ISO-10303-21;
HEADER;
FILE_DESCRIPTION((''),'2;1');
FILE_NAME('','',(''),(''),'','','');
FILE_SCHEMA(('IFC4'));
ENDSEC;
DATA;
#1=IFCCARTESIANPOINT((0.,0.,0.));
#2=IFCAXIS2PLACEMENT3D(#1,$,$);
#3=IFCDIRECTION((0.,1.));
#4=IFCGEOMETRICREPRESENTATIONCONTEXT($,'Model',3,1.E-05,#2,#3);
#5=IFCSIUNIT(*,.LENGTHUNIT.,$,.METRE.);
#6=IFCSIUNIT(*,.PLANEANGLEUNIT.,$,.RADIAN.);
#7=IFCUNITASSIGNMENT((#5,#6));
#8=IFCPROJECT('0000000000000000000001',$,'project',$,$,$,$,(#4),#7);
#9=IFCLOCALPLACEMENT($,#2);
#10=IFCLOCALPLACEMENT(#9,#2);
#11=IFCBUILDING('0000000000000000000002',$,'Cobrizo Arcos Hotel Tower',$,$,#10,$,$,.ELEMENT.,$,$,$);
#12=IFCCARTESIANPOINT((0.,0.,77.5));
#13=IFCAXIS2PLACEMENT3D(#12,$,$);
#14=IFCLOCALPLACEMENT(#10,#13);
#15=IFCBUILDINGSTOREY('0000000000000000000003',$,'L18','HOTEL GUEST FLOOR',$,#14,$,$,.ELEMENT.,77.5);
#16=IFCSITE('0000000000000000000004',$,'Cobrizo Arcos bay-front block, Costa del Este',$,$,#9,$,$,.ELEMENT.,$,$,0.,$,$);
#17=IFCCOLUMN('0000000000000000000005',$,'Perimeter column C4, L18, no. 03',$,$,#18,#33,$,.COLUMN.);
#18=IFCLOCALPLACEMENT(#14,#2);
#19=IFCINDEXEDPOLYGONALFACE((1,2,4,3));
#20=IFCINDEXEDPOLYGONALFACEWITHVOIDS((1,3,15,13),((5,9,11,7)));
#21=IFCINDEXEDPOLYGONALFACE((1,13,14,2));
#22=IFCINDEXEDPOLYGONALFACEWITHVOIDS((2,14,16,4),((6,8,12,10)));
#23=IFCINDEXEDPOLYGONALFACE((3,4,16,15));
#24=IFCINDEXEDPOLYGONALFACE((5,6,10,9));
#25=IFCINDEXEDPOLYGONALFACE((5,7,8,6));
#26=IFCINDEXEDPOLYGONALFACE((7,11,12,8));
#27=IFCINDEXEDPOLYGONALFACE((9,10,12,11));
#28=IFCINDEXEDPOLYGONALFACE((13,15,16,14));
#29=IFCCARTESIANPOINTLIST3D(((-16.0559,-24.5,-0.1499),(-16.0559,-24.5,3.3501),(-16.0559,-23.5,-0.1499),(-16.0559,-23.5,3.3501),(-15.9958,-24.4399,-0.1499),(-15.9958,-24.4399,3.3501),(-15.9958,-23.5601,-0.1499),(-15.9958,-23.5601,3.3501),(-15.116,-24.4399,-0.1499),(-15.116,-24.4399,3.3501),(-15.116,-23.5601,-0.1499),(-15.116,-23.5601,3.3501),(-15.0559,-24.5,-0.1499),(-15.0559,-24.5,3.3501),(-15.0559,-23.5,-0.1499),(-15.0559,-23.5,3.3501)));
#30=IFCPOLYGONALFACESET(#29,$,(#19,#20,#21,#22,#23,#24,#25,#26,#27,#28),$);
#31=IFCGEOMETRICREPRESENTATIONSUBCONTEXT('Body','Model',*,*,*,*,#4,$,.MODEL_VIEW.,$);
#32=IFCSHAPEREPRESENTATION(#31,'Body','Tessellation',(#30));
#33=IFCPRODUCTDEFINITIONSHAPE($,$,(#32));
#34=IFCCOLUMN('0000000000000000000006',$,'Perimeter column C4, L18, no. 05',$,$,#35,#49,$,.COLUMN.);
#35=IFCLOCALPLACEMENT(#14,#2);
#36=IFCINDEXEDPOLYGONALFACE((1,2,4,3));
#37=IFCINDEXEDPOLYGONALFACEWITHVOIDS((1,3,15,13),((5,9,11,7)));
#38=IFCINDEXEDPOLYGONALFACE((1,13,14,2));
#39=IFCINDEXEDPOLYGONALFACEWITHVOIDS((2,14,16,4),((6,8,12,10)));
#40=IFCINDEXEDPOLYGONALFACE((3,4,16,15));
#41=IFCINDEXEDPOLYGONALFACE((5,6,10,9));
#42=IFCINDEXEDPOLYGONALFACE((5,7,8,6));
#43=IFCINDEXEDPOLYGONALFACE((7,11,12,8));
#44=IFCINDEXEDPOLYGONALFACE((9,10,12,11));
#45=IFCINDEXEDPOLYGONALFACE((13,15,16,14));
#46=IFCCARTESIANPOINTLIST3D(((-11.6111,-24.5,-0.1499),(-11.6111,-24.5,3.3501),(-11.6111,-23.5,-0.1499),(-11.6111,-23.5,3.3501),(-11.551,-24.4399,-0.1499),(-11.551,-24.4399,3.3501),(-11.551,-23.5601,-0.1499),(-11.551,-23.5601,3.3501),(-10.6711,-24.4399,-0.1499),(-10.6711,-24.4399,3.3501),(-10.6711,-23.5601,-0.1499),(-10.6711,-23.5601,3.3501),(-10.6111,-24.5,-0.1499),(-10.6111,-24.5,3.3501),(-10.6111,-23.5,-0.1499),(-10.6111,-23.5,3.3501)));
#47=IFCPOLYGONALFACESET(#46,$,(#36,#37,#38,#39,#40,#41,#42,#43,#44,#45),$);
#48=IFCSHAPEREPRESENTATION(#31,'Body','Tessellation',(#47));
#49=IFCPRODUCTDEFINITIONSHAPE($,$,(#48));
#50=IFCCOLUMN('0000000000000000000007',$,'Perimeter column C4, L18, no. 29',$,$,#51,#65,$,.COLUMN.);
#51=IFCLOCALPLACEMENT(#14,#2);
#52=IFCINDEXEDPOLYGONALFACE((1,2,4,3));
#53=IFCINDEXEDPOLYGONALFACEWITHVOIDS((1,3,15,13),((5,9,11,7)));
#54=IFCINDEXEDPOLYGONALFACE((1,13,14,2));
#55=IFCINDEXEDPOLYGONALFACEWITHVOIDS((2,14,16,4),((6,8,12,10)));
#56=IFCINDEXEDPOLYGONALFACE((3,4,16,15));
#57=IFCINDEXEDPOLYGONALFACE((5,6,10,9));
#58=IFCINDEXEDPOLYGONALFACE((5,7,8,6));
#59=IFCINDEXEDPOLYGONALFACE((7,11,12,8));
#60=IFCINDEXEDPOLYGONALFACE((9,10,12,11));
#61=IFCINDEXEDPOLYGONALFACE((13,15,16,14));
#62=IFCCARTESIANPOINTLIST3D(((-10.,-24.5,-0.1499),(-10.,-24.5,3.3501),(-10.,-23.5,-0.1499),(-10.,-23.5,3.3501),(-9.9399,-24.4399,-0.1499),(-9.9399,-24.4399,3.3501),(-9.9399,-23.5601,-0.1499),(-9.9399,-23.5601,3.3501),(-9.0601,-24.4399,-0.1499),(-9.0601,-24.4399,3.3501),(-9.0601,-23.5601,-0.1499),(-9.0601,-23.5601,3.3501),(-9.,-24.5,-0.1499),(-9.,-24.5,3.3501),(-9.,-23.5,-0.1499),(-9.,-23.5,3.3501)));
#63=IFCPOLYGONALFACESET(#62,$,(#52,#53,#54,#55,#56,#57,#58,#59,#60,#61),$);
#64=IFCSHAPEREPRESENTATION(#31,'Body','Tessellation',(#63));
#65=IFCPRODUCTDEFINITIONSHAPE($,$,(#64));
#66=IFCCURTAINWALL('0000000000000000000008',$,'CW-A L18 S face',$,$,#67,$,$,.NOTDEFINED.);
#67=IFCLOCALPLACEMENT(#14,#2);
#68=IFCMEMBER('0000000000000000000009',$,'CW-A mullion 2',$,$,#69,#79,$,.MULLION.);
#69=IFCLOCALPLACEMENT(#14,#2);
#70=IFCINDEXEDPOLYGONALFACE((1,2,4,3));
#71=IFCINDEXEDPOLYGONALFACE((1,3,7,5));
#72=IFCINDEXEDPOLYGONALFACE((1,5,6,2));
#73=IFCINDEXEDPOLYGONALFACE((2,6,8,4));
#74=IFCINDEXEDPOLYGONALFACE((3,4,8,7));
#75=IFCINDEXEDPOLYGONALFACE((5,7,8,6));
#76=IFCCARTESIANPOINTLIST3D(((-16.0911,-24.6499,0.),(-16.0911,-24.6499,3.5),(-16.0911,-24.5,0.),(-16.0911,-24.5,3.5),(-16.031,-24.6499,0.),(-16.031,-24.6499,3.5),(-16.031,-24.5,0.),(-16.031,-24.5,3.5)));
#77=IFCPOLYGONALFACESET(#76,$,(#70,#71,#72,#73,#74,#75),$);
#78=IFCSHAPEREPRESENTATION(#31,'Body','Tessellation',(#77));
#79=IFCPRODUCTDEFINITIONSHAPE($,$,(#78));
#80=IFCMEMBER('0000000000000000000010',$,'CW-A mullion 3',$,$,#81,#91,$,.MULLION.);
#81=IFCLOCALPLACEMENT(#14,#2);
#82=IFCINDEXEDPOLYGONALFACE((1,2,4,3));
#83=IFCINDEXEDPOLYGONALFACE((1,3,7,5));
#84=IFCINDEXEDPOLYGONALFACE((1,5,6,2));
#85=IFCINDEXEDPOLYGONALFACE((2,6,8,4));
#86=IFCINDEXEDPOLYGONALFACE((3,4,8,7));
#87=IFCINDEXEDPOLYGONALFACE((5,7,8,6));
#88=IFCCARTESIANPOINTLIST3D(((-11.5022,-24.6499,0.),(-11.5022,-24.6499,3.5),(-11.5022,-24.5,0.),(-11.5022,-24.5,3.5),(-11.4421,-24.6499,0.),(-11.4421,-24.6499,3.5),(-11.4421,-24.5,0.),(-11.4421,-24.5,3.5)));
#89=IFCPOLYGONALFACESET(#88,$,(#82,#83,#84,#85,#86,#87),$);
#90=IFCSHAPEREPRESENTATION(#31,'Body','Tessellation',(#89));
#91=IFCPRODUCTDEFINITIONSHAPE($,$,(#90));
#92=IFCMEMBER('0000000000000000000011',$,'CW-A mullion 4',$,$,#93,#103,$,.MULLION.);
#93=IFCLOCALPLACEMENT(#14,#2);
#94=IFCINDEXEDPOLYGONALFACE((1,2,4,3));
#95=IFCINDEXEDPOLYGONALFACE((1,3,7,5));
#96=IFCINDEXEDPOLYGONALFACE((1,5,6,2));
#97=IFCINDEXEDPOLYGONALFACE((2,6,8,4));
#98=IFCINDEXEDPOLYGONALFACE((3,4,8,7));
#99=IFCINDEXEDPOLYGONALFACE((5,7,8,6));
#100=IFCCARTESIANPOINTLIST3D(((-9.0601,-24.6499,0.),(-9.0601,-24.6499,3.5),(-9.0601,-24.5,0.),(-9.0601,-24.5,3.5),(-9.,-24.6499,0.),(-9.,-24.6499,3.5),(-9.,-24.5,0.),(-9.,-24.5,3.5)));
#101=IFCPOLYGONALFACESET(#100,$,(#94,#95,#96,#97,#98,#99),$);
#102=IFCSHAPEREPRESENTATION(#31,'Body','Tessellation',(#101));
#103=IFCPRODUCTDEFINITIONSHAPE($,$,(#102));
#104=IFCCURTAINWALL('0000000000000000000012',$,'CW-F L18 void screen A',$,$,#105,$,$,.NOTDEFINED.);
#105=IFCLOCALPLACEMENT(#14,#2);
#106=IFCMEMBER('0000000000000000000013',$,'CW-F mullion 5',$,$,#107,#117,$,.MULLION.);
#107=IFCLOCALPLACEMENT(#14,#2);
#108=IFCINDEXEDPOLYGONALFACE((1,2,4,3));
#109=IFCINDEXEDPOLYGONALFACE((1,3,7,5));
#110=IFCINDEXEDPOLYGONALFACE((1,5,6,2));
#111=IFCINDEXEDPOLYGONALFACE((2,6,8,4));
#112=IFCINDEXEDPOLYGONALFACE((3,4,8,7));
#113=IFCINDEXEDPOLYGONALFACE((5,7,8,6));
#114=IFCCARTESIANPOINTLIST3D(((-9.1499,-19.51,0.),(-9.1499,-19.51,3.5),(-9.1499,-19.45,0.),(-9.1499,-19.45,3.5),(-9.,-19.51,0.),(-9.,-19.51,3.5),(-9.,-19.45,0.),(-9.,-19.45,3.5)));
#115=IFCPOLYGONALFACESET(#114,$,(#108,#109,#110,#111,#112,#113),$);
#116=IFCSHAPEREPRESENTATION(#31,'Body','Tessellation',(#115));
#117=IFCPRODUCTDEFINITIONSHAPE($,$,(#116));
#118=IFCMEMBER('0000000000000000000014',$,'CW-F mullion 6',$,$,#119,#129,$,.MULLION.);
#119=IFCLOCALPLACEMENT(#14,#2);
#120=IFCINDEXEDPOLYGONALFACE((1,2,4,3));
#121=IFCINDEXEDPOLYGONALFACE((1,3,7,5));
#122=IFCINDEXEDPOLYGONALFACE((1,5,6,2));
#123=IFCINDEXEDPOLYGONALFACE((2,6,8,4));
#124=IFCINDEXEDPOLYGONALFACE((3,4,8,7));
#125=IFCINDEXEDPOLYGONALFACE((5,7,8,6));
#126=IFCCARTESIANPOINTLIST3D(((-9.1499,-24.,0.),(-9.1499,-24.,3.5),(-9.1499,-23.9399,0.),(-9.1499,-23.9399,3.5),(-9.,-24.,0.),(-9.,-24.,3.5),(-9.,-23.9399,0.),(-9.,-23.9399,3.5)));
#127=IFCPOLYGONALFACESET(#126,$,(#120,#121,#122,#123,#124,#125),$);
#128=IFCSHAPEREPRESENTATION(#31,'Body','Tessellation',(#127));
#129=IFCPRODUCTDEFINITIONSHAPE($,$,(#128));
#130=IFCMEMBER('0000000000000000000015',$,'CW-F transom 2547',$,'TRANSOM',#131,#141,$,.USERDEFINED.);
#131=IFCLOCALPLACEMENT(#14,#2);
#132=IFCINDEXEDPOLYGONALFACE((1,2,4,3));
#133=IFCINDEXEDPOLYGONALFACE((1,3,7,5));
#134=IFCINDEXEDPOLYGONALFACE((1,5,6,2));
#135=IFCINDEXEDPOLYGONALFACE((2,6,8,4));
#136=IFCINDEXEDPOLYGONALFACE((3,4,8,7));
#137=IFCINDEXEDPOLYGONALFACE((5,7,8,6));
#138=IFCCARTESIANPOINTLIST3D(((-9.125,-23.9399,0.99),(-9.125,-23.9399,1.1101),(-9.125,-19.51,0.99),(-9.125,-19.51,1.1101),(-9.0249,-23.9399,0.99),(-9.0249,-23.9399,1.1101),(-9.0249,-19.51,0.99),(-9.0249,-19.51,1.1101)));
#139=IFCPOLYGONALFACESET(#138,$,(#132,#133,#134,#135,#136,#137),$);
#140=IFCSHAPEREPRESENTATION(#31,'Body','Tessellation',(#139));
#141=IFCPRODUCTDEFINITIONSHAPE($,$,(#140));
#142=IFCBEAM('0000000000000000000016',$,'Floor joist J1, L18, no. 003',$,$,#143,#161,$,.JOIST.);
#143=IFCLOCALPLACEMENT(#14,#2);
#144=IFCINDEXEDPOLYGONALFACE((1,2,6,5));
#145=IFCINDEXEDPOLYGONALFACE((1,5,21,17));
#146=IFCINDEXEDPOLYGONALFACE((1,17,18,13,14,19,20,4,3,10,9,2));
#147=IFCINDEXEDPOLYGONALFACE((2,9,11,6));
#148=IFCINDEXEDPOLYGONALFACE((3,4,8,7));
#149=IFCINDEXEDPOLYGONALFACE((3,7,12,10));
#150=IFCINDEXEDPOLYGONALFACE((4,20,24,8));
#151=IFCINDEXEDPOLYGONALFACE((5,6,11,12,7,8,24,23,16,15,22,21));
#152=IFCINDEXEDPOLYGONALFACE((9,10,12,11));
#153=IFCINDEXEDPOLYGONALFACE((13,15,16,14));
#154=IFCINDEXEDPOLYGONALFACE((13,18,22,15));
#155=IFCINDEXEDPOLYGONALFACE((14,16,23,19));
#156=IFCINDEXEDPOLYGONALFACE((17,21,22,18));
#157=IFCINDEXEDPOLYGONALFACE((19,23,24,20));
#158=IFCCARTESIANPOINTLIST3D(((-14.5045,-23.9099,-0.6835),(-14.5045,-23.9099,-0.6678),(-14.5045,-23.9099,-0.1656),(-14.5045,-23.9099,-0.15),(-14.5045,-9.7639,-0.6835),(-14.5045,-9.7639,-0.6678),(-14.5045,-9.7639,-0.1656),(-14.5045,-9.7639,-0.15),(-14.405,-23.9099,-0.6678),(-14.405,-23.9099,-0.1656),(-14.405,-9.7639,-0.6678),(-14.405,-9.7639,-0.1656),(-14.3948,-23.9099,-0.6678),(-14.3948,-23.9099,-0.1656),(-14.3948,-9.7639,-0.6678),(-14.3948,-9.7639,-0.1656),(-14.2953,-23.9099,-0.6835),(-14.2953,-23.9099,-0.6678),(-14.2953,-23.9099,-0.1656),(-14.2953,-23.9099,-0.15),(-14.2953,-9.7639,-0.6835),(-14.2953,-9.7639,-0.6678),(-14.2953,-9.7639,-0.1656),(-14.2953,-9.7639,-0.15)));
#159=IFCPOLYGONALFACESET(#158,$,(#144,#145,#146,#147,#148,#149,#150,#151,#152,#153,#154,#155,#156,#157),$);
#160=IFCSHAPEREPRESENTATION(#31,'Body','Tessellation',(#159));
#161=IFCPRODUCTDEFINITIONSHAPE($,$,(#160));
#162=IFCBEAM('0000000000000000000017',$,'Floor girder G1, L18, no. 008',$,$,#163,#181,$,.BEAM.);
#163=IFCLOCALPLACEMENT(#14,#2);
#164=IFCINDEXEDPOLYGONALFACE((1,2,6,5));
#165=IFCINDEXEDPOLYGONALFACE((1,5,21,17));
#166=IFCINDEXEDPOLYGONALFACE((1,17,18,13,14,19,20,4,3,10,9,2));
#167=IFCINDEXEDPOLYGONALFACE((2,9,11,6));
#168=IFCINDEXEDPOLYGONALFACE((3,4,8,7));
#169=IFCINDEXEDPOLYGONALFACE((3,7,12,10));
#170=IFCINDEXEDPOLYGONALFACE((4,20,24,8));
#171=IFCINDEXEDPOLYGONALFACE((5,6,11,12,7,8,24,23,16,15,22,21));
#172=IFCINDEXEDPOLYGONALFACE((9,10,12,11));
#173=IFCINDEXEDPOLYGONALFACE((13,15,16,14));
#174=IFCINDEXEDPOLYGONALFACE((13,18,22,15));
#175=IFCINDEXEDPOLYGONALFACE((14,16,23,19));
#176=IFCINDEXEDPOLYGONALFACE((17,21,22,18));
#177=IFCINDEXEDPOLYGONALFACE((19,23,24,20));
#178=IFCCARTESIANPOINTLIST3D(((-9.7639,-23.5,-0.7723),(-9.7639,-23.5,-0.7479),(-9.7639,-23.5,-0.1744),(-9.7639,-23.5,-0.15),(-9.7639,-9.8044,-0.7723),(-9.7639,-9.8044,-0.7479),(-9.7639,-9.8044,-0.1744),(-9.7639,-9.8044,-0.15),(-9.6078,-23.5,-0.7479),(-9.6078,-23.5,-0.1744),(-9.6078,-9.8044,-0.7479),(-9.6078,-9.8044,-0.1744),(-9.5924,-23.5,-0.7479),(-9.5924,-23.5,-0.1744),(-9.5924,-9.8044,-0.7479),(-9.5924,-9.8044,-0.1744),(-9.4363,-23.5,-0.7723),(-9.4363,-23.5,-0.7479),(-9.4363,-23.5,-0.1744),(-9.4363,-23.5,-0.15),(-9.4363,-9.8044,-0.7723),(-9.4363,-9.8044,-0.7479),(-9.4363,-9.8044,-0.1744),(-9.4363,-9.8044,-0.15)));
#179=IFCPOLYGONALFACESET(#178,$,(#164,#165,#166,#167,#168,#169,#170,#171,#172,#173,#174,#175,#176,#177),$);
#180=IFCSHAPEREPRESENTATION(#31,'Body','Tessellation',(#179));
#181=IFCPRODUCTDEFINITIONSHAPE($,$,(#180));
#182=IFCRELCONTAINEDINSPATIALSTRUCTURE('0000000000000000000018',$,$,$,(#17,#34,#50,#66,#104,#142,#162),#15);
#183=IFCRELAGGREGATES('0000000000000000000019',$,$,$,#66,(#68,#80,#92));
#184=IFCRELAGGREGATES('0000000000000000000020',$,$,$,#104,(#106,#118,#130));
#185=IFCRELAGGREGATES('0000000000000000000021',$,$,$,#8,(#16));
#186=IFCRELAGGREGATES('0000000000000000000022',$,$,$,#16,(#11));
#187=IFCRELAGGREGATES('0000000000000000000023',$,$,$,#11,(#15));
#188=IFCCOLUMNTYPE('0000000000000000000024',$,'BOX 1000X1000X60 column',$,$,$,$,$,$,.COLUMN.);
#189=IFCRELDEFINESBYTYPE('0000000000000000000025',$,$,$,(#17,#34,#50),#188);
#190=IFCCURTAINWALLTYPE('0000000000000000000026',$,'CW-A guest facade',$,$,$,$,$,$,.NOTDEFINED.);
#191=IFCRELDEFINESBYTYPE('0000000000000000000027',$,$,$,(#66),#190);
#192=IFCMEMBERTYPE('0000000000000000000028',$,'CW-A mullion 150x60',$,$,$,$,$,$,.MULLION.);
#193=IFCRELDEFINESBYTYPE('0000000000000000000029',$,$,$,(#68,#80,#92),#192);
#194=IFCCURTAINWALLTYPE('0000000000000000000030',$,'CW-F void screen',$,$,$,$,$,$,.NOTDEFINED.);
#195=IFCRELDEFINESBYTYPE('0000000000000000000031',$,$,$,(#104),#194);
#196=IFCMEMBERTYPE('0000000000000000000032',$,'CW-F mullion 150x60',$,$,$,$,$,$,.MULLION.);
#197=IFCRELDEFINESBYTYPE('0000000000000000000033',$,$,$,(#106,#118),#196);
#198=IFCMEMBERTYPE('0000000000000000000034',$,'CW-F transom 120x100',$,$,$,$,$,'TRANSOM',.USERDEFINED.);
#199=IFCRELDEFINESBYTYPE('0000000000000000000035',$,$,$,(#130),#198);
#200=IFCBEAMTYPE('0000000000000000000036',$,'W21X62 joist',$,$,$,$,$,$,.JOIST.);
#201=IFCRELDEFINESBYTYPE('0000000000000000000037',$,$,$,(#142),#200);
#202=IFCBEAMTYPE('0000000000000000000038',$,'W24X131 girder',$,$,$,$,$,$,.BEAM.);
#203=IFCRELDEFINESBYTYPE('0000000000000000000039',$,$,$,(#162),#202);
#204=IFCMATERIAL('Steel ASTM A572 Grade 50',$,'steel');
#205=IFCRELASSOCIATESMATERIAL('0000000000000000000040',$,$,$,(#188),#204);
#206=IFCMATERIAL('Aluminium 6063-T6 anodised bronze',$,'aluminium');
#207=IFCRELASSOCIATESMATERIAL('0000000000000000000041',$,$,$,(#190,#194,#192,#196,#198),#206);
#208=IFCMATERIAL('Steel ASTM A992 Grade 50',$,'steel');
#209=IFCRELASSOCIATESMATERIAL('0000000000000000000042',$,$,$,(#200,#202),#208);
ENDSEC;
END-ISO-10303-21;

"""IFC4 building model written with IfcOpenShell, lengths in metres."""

from ifc_helpers import new_model, si_unit, direction, frame, origin, origin_2d, place, context, subcontext, project, spatial, rectangle, hollow_rectangle, i_section, extrude, material, material_profile, profile_set, type_object, element, aggregate, save


model = new_model("IFC4")

# Units and contexts
model_context = context("Model", 3, precision=1e-05, world=origin(), true_north=direction((0.0, 1.0)))
body_context = subcontext(model_context, "Body", "Model", "MODEL_VIEW")
ifc_project = project(units=[si_unit("LENGTHUNIT", "METRE"), si_unit("PLANEANGLEUNIT", "RADIAN")], contexts=[model_context])

# Site, building, storey
site_placement = place(None, origin())
site = spatial("IfcSite", under=ifc_project, at=site_placement, Name="Cobrizo Arcos bay-front block, Costa del Este", CompositionType="ELEMENT", RefElevation=0.0)
building_placement = place(site_placement, origin())
building = spatial("IfcBuilding", under=site, at=building_placement, Name="Cobrizo Arcos Hotel Tower", CompositionType="ELEMENT")
storey_placement = place(building_placement, frame((0.0, 0.0, 77.5)))
storey = spatial("IfcBuildingStorey", under=building, at=storey_placement, Name="L18", Description="HOTEL GUEST FLOOR", CompositionType="ELEMENT", Elevation=77.5)

# Columns
ifc_material_1 = material(Name="Steel ASTM A572 Grade 50", Category="steel")
ifc_material_profile_1 = material_profile(ifc_material_1, hollow_rectangle(XDim=1.0, YDim=1.0, WallThickness=0.0601, at=origin_2d()), Name="BOX 1000X1000X60")
ifc_profile_set_1 = profile_set([ifc_material_profile_1], Name="Steel ASTM A572 Grade 50")
column_type = type_object("IfcColumnType", Name="BOX 1000X1000X60 column", PredefinedType="COLUMN", material=ifc_profile_set_1)
for number, where, z_axis, x_axis, name in (
    (1, (-15.5559, -24.0, -0.1499), (0.0, 0.0, 1.0), (1.0, 0.0, 0.0), "Perimeter column C4, L18, no. 03"),
    (2, (-11.1111, -24.0, -0.1499), (0.0, 0.0, 1.0), (1.0, 0.0, 0.0), "Perimeter column C4, L18, no. 05"),
    (3, (-9.5, -24.0, -0.1499), (0.0, 0.0, 1.0), (1.0, 0.0, 0.0), "Perimeter column C4, L18, no. 29"),
):
    element("IfcColumn", number, at=place(storey_placement, frame(where, z_axis=z_axis, x_axis=x_axis)), inside=storey, type_object=column_type, Name=name, PredefinedType="COLUMN", context=body_context, shape_type="SweptSolid", body=[
        extrude(hollow_rectangle(XDim=1.0, YDim=1.0, WallThickness=0.0601, at=origin_2d()), origin(), (0.0, 0.0, 1.0), 3.5),
    ])

# Curtain walls, members
ifc_material_2 = material(Name="Aluminium 6063-T6 anodised bronze", Category="aluminium")
curtain_wall_type_1 = type_object("IfcCurtainWallType", Name="CW-A guest facade", PredefinedType="NOTDEFINED", material=ifc_material_2)
curtain_wall_1_placement = place(storey_placement, origin())
curtain_wall_1 = element("IfcCurtainWall", 4, at=curtain_wall_1_placement, inside=storey, type_object=curtain_wall_type_1, Name="CW-A L18 S face", PredefinedType="NOTDEFINED")
ifc_material_profile_2 = material_profile(ifc_material_2, rectangle(XDim=0.1499, YDim=0.0601, at=origin_2d()), Name="CW-A mullion 150x60")
ifc_profile_set_2 = profile_set([ifc_material_profile_2], Name="Aluminium 6063-T6 anodised bronze")
member_type_1 = type_object("IfcMemberType", Name="CW-A mullion 150x60", PredefinedType="MULLION", material=ifc_profile_set_2)
member_1_placement = place(storey_placement, frame((-16.061, -24.575, 0.0), z_axis=(0.0, 0.0, 1.0), x_axis=(0.0, -1.0, 0.0)))
member_1 = element("IfcMember", 5, at=member_1_placement, type_object=member_type_1, Name="CW-A mullion 2", PredefinedType="MULLION", context=body_context, shape_type="SweptSolid", body=[
    extrude(rectangle(XDim=0.1499, YDim=0.0601, at=origin_2d()), origin(), (0.0, 0.0, 1.0), 3.5),
])
member_2_placement = place(storey_placement, frame((-11.4722, -24.575, 0.0), z_axis=(0.0, 0.0, 1.0), x_axis=(0.0, -1.0, 0.0)))
member_2 = element("IfcMember", 6, at=member_2_placement, type_object=member_type_1, Name="CW-A mullion 3", PredefinedType="MULLION", context=body_context, shape_type="SweptSolid", body=[
    extrude(rectangle(XDim=0.1499, YDim=0.0601, at=origin_2d()), origin(), (0.0, 0.0, 1.0), 3.5),
])
member_3_placement = place(storey_placement, frame((-9.03, -24.575, 0.0), z_axis=(0.0, 0.0, 1.0), x_axis=(0.0, -1.0, 0.0)))
member_3 = element("IfcMember", 7, at=member_3_placement, type_object=member_type_1, Name="CW-A mullion 4", PredefinedType="MULLION", context=body_context, shape_type="SweptSolid", body=[
    extrude(rectangle(XDim=0.1499, YDim=0.0601, at=origin_2d()), origin(), (0.0, 0.0, 1.0), 3.5),
])
curtain_wall_type_2 = type_object("IfcCurtainWallType", Name="CW-F void screen", PredefinedType="NOTDEFINED", material=ifc_material_2)
curtain_wall_2_placement = place(storey_placement, origin())
curtain_wall_2 = element("IfcCurtainWall", 8, at=curtain_wall_2_placement, inside=storey, type_object=curtain_wall_type_2, Name="CW-F L18 void screen A", PredefinedType="NOTDEFINED")
ifc_material_profile_3 = material_profile(ifc_material_2, rectangle(XDim=0.1499, YDim=0.0601, at=origin_2d()), Name="CW-F mullion 150x60")
ifc_profile_set_3 = profile_set([ifc_material_profile_3], Name="Aluminium 6063-T6 anodised bronze")
member_type_2 = type_object("IfcMemberType", Name="CW-F mullion 150x60", PredefinedType="MULLION", material=ifc_profile_set_3)
member_4_placement = place(storey_placement, frame((-9.075, -19.48, 0.0), z_axis=(0.0, 0.0, 1.0), x_axis=(-1.0, 0.0, 0.0)))
member_4 = element("IfcMember", 9, at=member_4_placement, type_object=member_type_2, Name="CW-F mullion 5", PredefinedType="MULLION", context=body_context, shape_type="SweptSolid", body=[
    extrude(rectangle(XDim=0.1499, YDim=0.0601, at=origin_2d()), origin(), (0.0, 0.0, 1.0), 3.5),
])
member_5_placement = place(storey_placement, frame((-9.075, -23.97, 0.0), z_axis=(0.0, 0.0, 1.0), x_axis=(-1.0, 0.0, 0.0)))
member_5 = element("IfcMember", 10, at=member_5_placement, type_object=member_type_2, Name="CW-F mullion 6", PredefinedType="MULLION", context=body_context, shape_type="SweptSolid", body=[
    extrude(rectangle(XDim=0.1499, YDim=0.0601, at=origin_2d()), origin(), (0.0, 0.0, 1.0), 3.5),
])
ifc_material_profile_4 = material_profile(ifc_material_2, rectangle(XDim=0.1001, YDim=0.1201, at=origin_2d()), Name="CW-F transom 120x100")
ifc_profile_set_4 = profile_set([ifc_material_profile_4], Name="Aluminium 6063-T6 anodised bronze")
member_type_3 = type_object("IfcMemberType", Name="CW-F transom 120x100", ElementType="TRANSOM", PredefinedType="USERDEFINED", material=ifc_profile_set_4)
member_6_placement = place(storey_placement, frame((-9.075, -19.51, 1.05), z_axis=(0.0, -1.0, 0.0), x_axis=(1.0, 0.0, 0.0)))
member_6 = element("IfcMember", 11, at=member_6_placement, type_object=member_type_3, Name="CW-F transom 2547", ObjectType="TRANSOM", PredefinedType="USERDEFINED", context=body_context, shape_type="SweptSolid", body=[
    extrude(rectangle(XDim=0.1001, YDim=0.1201, at=origin_2d()), origin(), (0.0, 0.0, 1.0), 4.4299),
])

# Beams
ifc_material_3 = material(Name="Steel ASTM A992 Grade 50", Category="steel")
ifc_material_profile_5 = material_profile(ifc_material_3, i_section(OverallWidth=0.2092, OverallDepth=0.5334, WebThickness=0.0103, FlangeThickness=0.0156, at=origin_2d()), Name="W21X62")
ifc_profile_set_5 = profile_set([ifc_material_profile_5], Name="Steel ASTM A992 Grade 50")
beam_type_1 = type_object("IfcBeamType", Name="W21X62 joist", PredefinedType="JOIST", material=ifc_profile_set_5)
beam_1_placement = place(storey_placement, frame((-14.3999, -23.9099, -0.4167), z_axis=(0.0, 1.0, 0.0), x_axis=(-1.0, 0.0, 0.0)))
element("IfcBeam", 12, at=beam_1_placement, inside=storey, type_object=beam_type_1, Name="Floor joist J1, L18, no. 003", PredefinedType="JOIST", context=body_context, shape_type="SweptSolid", body=[
    extrude(i_section(OverallWidth=0.2092, OverallDepth=0.5334, WebThickness=0.0103, FlangeThickness=0.0156, at=origin_2d()), origin(), (0.0, 0.0, 1.0), 14.146),
])
ifc_material_profile_6 = material_profile(ifc_material_3, i_section(OverallWidth=0.3276, OverallDepth=0.6223, WebThickness=0.0154, FlangeThickness=0.0244, at=origin_2d()), Name="W24X131")
ifc_profile_set_6 = profile_set([ifc_material_profile_6], Name="Steel ASTM A992 Grade 50")
beam_type_2 = type_object("IfcBeamType", Name="W24X131 girder", PredefinedType="BEAM", material=ifc_profile_set_6)
beam_2_placement = place(storey_placement, frame((-9.6001, -23.5, -0.4612), z_axis=(0.0, 1.0, 0.0), x_axis=(-1.0, 0.0, 0.0)))
element("IfcBeam", 13, at=beam_2_placement, inside=storey, type_object=beam_type_2, Name="Floor girder G1, L18, no. 008", PredefinedType="BEAM", context=body_context, shape_type="SweptSolid", body=[
    extrude(i_section(OverallWidth=0.3276, OverallDepth=0.6223, WebThickness=0.0154, FlangeThickness=0.0244, at=origin_2d()), origin(), (0.0, 0.0, 1.0), 13.6956),
])

aggregate(curtain_wall_1, [member_1, member_2, member_3])
aggregate(curtain_wall_2, [member_4, member_5, member_6])

save(model, "model.ifc")
